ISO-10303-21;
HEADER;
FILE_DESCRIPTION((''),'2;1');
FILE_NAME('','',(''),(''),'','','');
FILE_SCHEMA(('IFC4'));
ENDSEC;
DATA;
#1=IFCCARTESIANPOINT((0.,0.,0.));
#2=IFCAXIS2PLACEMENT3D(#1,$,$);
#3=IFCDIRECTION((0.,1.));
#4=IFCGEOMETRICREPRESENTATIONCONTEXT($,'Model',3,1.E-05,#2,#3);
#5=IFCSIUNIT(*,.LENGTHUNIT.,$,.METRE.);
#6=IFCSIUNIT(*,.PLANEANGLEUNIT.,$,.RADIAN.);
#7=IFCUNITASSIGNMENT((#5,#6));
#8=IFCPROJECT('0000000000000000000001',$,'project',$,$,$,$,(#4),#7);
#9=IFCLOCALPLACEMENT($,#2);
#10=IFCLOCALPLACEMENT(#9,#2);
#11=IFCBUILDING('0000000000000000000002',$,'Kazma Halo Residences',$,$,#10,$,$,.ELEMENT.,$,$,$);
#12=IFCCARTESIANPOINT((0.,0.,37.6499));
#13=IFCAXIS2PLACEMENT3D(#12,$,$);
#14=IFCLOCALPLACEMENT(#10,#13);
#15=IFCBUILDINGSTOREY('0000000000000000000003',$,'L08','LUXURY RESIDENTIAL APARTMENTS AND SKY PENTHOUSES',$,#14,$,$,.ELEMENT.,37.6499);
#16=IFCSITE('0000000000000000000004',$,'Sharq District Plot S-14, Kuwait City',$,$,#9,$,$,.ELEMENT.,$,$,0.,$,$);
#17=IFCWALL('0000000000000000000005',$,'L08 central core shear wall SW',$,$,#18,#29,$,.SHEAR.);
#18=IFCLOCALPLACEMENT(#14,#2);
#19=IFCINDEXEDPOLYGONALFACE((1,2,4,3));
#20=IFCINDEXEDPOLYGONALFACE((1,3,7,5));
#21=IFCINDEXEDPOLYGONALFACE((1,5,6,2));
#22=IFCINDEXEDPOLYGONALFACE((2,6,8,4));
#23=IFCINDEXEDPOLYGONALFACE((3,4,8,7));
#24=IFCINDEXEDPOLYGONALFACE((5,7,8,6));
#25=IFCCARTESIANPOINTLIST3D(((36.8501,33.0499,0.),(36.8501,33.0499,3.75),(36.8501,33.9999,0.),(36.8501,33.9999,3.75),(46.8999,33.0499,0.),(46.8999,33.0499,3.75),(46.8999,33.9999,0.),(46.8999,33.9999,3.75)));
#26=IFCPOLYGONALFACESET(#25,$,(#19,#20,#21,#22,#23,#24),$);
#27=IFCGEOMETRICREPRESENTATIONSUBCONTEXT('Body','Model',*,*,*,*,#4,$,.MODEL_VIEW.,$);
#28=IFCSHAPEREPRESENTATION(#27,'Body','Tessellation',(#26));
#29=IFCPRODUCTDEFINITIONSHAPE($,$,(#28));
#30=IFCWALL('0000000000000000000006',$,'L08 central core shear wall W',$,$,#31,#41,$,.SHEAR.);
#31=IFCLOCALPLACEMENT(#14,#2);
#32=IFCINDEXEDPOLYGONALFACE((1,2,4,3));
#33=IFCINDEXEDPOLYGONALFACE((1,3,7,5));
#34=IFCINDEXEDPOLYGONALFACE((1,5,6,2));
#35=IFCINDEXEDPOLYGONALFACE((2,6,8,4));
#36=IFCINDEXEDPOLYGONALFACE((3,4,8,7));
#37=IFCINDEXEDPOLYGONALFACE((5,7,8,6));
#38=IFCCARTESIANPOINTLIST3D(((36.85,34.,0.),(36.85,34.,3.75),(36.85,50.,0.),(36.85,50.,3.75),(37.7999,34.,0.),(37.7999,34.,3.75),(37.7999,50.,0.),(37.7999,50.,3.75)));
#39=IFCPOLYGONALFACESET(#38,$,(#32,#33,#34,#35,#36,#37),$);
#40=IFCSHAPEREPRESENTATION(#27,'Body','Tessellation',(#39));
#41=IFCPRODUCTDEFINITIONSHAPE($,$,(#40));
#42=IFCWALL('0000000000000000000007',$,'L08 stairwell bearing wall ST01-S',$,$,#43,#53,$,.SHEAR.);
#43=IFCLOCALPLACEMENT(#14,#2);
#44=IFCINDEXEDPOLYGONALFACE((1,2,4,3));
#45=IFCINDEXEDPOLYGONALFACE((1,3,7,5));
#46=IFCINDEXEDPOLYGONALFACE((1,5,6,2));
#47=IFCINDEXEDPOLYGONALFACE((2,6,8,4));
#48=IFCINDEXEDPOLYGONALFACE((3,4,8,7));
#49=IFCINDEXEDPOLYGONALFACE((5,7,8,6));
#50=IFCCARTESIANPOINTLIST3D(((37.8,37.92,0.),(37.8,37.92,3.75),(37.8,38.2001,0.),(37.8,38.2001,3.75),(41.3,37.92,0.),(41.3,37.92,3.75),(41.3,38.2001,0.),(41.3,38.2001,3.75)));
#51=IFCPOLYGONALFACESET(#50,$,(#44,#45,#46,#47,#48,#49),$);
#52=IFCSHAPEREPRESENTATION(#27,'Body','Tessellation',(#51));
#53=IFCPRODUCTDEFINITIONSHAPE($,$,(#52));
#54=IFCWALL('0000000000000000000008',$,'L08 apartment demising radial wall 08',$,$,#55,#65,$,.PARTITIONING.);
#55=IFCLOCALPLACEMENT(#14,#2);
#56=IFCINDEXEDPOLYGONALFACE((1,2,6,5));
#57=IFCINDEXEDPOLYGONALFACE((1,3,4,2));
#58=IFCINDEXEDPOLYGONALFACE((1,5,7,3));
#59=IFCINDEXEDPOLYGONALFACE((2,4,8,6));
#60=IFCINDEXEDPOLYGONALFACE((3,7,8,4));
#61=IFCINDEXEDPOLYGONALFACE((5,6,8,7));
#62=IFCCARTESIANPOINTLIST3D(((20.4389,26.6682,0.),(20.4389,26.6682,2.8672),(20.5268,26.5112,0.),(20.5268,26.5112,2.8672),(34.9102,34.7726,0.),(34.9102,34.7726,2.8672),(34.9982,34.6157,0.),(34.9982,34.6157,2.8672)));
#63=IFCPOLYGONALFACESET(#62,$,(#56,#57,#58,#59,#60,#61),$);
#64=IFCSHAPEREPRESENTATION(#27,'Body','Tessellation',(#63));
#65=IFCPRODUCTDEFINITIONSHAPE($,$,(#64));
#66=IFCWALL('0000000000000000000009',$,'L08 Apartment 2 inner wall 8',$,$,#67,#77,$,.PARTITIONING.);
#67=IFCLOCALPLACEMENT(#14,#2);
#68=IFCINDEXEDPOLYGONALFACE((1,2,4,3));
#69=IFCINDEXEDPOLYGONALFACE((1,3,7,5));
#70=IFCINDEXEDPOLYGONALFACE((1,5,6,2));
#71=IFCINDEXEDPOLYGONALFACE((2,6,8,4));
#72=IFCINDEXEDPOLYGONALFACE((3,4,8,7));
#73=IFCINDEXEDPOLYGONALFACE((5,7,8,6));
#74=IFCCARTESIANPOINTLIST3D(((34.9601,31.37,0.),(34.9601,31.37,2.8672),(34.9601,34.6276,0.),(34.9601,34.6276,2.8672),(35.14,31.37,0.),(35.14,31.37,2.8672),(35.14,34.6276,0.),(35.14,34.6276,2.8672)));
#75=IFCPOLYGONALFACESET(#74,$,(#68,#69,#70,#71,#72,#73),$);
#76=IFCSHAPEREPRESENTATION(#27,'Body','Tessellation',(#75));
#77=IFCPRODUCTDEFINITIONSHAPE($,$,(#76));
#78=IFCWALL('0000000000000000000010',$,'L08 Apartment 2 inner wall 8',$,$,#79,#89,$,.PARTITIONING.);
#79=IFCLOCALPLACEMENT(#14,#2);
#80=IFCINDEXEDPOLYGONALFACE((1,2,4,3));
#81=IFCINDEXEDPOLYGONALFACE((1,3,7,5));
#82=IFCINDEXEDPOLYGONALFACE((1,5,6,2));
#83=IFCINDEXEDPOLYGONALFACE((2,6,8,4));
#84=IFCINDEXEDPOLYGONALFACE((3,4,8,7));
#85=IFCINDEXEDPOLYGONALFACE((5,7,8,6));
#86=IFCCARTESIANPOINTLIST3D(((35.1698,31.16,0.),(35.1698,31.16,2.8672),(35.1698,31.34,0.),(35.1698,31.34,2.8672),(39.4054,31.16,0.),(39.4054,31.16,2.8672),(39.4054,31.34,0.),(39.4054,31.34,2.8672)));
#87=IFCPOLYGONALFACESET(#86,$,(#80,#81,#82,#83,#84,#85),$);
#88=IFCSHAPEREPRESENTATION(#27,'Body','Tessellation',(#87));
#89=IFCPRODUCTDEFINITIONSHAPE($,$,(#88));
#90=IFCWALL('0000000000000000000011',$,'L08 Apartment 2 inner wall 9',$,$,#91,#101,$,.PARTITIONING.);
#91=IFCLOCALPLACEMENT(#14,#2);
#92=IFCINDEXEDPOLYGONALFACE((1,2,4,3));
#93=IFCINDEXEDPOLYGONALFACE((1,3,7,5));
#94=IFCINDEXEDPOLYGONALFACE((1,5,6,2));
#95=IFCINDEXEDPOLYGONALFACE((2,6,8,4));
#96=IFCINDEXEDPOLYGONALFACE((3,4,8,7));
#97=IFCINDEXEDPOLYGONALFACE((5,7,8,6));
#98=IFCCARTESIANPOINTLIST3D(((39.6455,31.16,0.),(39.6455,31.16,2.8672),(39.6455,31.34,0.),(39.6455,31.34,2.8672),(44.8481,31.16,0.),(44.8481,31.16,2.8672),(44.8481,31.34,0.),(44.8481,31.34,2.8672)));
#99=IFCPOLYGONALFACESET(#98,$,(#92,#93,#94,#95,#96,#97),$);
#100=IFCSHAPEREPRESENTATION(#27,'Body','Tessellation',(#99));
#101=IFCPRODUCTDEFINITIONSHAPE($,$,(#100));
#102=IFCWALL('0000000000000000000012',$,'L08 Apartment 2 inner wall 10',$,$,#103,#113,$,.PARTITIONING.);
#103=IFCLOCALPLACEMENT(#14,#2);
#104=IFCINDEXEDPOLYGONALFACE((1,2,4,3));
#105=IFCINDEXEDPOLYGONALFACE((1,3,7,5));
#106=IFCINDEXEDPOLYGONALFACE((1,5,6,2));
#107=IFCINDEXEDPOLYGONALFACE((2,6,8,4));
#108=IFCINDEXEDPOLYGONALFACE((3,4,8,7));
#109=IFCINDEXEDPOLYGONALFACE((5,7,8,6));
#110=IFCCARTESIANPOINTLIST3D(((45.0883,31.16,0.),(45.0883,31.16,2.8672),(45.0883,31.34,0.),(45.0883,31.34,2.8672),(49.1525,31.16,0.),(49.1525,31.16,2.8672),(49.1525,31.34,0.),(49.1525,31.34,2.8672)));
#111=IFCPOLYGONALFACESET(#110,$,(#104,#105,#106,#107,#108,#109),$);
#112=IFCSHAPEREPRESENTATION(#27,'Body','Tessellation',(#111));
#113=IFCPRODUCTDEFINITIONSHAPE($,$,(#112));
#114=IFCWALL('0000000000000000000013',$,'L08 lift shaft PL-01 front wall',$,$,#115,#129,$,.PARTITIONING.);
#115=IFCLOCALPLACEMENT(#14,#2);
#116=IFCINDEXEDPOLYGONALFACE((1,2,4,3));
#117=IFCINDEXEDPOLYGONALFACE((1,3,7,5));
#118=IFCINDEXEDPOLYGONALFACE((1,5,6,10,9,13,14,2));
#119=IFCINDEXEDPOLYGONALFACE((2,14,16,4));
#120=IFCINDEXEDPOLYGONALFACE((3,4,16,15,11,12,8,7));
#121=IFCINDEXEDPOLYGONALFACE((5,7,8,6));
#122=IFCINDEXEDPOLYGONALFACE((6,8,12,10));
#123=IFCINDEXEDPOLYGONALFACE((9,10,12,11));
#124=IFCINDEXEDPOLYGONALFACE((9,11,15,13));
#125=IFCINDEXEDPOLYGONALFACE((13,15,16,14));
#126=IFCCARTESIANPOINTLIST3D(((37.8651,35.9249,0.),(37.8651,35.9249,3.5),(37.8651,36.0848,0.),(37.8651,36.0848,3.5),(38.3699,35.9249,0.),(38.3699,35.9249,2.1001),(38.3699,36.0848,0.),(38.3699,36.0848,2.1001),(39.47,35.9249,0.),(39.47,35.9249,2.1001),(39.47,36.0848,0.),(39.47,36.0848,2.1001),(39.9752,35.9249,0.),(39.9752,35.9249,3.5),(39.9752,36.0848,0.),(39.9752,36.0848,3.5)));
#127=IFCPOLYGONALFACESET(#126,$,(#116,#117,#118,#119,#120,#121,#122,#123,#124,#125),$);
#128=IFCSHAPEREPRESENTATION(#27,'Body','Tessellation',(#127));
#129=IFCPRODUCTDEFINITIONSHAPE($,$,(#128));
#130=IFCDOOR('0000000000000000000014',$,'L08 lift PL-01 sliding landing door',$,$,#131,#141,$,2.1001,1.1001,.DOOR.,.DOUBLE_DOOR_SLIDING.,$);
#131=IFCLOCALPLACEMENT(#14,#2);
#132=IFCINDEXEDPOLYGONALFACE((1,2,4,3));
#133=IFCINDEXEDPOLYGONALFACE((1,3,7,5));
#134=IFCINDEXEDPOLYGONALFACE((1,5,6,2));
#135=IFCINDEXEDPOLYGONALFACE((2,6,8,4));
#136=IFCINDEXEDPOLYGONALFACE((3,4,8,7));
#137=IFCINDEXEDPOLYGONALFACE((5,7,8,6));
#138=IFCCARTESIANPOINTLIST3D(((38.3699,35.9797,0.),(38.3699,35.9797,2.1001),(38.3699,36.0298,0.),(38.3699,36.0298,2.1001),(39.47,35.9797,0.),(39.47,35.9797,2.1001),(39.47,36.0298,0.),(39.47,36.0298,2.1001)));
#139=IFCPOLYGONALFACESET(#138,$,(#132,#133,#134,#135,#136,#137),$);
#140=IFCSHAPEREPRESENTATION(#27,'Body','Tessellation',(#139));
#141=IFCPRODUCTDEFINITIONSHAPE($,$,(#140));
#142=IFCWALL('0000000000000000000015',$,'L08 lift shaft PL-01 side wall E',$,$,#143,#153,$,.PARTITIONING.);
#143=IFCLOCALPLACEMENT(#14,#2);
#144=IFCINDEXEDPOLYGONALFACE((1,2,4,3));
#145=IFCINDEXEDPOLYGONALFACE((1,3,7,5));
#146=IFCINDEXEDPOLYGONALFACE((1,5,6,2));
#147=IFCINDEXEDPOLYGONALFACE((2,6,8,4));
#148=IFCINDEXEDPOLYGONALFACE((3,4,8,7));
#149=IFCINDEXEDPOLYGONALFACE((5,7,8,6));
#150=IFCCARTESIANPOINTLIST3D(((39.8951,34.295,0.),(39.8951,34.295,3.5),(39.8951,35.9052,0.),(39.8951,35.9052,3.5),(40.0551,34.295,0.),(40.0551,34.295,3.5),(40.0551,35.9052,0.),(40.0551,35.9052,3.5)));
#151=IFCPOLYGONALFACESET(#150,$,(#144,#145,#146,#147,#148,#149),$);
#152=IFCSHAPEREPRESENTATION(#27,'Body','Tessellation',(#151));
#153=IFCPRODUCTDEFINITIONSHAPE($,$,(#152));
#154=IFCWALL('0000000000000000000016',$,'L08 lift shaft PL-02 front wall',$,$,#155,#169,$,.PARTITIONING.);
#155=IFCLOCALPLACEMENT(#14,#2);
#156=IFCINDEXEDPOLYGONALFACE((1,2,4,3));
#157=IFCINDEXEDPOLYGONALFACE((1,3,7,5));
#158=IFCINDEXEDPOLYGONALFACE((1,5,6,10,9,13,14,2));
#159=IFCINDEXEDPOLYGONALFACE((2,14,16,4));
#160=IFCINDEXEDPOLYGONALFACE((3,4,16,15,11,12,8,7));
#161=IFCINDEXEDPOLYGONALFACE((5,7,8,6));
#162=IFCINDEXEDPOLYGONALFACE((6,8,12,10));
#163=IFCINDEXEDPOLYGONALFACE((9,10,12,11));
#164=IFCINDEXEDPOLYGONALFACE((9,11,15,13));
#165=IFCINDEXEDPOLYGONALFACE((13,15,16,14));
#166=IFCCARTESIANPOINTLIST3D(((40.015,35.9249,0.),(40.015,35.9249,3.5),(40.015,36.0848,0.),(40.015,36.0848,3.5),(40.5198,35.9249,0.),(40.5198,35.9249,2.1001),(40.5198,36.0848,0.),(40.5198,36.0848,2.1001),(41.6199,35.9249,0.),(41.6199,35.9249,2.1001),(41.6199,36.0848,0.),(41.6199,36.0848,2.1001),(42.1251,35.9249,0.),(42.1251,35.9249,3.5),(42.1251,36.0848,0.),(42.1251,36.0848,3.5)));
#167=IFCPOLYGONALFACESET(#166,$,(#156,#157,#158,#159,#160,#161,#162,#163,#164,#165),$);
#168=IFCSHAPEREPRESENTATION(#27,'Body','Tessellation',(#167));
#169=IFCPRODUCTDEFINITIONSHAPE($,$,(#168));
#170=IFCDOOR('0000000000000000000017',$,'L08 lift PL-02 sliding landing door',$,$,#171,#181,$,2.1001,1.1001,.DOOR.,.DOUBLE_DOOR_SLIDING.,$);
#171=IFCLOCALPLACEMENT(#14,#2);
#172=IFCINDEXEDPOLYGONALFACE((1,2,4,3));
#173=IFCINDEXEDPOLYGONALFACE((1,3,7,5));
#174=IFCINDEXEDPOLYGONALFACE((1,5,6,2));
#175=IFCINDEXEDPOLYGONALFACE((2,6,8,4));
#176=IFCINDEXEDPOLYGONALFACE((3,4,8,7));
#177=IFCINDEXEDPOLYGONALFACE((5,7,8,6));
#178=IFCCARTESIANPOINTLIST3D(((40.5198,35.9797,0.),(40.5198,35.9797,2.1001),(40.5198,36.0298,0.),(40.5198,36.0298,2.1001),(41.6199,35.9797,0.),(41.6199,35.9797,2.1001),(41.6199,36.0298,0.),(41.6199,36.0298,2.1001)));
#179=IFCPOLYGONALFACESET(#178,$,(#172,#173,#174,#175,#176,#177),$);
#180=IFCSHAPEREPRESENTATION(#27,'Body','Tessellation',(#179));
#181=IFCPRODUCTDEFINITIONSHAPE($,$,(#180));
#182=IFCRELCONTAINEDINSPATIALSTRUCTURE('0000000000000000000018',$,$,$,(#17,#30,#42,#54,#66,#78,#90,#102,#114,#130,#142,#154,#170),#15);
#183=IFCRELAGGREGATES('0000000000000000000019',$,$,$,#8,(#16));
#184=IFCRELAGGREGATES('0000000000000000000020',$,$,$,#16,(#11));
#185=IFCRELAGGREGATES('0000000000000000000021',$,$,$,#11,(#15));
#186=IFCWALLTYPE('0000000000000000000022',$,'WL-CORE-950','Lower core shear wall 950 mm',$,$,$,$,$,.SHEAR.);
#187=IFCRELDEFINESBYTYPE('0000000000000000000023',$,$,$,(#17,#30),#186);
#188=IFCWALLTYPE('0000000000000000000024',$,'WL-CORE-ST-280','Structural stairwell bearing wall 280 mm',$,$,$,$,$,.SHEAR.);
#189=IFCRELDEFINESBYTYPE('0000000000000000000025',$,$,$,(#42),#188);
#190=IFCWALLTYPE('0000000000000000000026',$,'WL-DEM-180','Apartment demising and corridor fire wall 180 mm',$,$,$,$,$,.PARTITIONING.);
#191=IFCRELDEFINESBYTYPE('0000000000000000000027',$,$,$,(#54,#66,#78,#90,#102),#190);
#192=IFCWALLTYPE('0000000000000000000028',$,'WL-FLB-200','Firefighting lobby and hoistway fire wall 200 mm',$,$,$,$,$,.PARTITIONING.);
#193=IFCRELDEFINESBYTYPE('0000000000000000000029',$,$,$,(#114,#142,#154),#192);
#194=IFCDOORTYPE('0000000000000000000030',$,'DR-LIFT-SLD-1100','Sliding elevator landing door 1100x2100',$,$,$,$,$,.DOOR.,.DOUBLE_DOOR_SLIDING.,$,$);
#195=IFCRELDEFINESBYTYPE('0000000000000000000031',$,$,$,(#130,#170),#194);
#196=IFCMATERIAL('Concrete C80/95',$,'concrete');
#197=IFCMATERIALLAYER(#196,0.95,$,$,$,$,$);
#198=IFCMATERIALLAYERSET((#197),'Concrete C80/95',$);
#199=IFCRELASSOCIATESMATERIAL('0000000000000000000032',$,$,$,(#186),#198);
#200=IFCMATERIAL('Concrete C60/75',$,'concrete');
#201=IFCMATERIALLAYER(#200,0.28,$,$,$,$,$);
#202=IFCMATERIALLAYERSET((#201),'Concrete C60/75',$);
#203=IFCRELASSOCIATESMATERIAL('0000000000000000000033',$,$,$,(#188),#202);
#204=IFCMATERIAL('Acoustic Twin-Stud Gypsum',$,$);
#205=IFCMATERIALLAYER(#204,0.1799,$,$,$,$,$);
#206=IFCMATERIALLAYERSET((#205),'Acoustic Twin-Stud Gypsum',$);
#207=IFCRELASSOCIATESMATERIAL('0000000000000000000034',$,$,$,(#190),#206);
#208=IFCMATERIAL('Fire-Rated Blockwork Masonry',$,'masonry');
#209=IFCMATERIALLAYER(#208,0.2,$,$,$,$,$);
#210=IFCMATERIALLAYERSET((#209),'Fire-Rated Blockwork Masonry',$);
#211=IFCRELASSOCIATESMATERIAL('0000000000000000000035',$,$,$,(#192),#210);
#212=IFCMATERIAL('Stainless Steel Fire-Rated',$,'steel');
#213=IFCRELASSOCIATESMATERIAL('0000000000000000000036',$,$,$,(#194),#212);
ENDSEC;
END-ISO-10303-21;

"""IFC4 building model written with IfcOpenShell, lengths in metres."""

from ifc_helpers import new_model, si_unit, direction, frame, frame_2d, origin, place, context, subcontext, project, spatial, rectangle, extrude, material, layer, layer_set, type_object, element, fill, save


model = new_model("IFC4")

# Units and contexts
model_context = context("Model", 3, precision=1e-05, world=origin(), true_north=direction((0.0, 1.0)))
body_context = subcontext(model_context, "Body", "Model", "MODEL_VIEW")
ifc_project = project(units=[si_unit("LENGTHUNIT", "METRE"), si_unit("PLANEANGLEUNIT", "RADIAN")], contexts=[model_context])

# Site, building, storey
site_placement = place(None, origin())
site = spatial("IfcSite", under=ifc_project, at=site_placement, Name="Sharq District Plot S-14, Kuwait City", CompositionType="ELEMENT", RefElevation=0.0)
building_placement = place(site_placement, origin())
building = spatial("IfcBuilding", under=site, at=building_placement, Name="Kazma Halo Residences", CompositionType="ELEMENT")
storey_placement = place(building_placement, frame((0.0, 0.0, 37.6499)))
storey = spatial("IfcBuildingStorey", under=building, at=storey_placement, Name="L08", Description="LUXURY RESIDENTIAL APARTMENTS AND SKY PENTHOUSES", CompositionType="ELEMENT", Elevation=37.6499)

# Walls
ifc_material_1 = material(Name="Concrete C80/95", Category="concrete")
ifc_layer_1 = layer(ifc_material_1, 0.95)
ifc_layer_set_1 = layer_set([ifc_layer_1], Name="Concrete C80/95")
wall_type_1 = type_object("IfcWallType", Name="WL-CORE-950", Description="Lower core shear wall 950 mm", PredefinedType="SHEAR", material=ifc_layer_set_1)
wall_1_placement = place(storey_placement, frame((36.8501, 33.5249, 0.0), z_axis=(0.0, 0.0, 1.0), x_axis=(1.0, 0.0, 0.0)))
element("IfcWall", 1, at=wall_1_placement, inside=storey, type_object=wall_type_1, Name="L08 central core shear wall SW", PredefinedType="SHEAR", context=body_context, shape_type="SweptSolid", body=[
    extrude(rectangle(XDim=10.0498, YDim=0.95, at=frame_2d((5.0249, 0.0))), origin(), (0.0, 0.0, 1.0), 3.75),
])
wall_2_placement = place(storey_placement, frame((37.325, 34.0, 0.0), z_axis=(0.0, 0.0, 1.0), x_axis=(0.0, 1.0, 0.0)))
element("IfcWall", 2, at=wall_2_placement, inside=storey, type_object=wall_type_1, Name="L08 central core shear wall W", PredefinedType="SHEAR", context=body_context, shape_type="SweptSolid", body=[
    extrude(rectangle(XDim=16.0, YDim=0.95, at=frame_2d((8.0, 0.0))), origin(), (0.0, 0.0, 1.0), 3.75),
])
ifc_material_2 = material(Name="Concrete C60/75", Category="concrete")
ifc_layer_2 = layer(ifc_material_2, 0.28)
ifc_layer_set_2 = layer_set([ifc_layer_2], Name="Concrete C60/75")
wall_type_2 = type_object("IfcWallType", Name="WL-CORE-ST-280", Description="Structural stairwell bearing wall 280 mm", PredefinedType="SHEAR", material=ifc_layer_set_2)
wall_3_placement = place(storey_placement, frame((37.8, 38.0601, 0.0), z_axis=(0.0, 0.0, 1.0), x_axis=(1.0, 0.0, 0.0)))
element("IfcWall", 3, at=wall_3_placement, inside=storey, type_object=wall_type_2, Name="L08 stairwell bearing wall ST01-S", PredefinedType="SHEAR", context=body_context, shape_type="SweptSolid", body=[
    extrude(rectangle(XDim=3.5, YDim=0.28, at=frame_2d((1.75, 0.0))), origin(), (0.0, 0.0, 1.0), 3.75),
])
ifc_material_3 = material(Name="Acoustic Twin-Stud Gypsum")
ifc_layer_3 = layer(ifc_material_3, 0.1799)
ifc_layer_set_3 = layer_set([ifc_layer_3], Name="Acoustic Twin-Stud Gypsum")
wall_type_3 = type_object("IfcWallType", Name="WL-DEM-180", Description="Apartment demising and corridor fire wall 180 mm", PredefinedType="PARTITIONING", material=ifc_layer_set_3)
wall_4_placement = place(storey_placement, frame((34.9541, 34.6941, 0.0), z_axis=(0.0, 0.0, 1.0), x_axis=(-0.872493, -0.488626, 0.0)))
element("IfcWall", 4, at=wall_4_placement, inside=storey, type_object=wall_type_3, Name="L08 apartment demising radial wall 08", PredefinedType="PARTITIONING", context=body_context, shape_type="SweptSolid", body=[
    extrude(rectangle(XDim=16.5862, YDim=0.1799, at=frame_2d((8.293, 0.0))), origin(), (0.0, 0.0, 1.0), 2.8672),
])
wall_5_placement = place(storey_placement, frame((35.05, 34.6277, 0.0), z_axis=(0.0, 0.0, 1.0), x_axis=(0.0, -1.0, 0.0)))
element("IfcWall", 5, at=wall_5_placement, inside=storey, type_object=wall_type_3, Name="L08 Apartment 2 inner wall 8", PredefinedType="PARTITIONING", context=body_context, shape_type="SweptSolid", body=[
    extrude(rectangle(XDim=3.2576, YDim=0.1799, at=frame_2d((1.6289, 0.0))), origin(), (0.0, 0.0, 1.0), 2.8672),
])
wall_6_placement = place(storey_placement, frame((35.1699, 31.25, 0.0), z_axis=(0.0, 0.0, 1.0), x_axis=(1.0, 0.0, 0.0)))
element("IfcWall", 6, at=wall_6_placement, inside=storey, type_object=wall_type_3, Name="L08 Apartment 2 inner wall 8", PredefinedType="PARTITIONING", context=body_context, shape_type="SweptSolid", body=[
    extrude(rectangle(XDim=4.2356, YDim=0.1799, at=frame_2d((2.1177, 0.0))), origin(), (0.0, 0.0, 1.0), 2.8672),
])
wall_7_placement = place(storey_placement, frame((39.6455, 31.25, 0.0), z_axis=(0.0, 0.0, 1.0), x_axis=(1.0, 0.0, 0.0)))
element("IfcWall", 7, at=wall_7_placement, inside=storey, type_object=wall_type_3, Name="L08 Apartment 2 inner wall 9", PredefinedType="PARTITIONING", context=body_context, shape_type="SweptSolid", body=[
    extrude(rectangle(XDim=5.2026, YDim=0.1799, at=frame_2d((2.6013, 0.0))), origin(), (0.0, 0.0, 1.0), 2.8672),
])
wall_8_placement = place(storey_placement, frame((45.0881, 31.25, 0.0), z_axis=(0.0, 0.0, 1.0), x_axis=(1.0, 0.0, 0.0)))
element("IfcWall", 8, at=wall_8_placement, inside=storey, type_object=wall_type_3, Name="L08 Apartment 2 inner wall 10", PredefinedType="PARTITIONING", context=body_context, shape_type="SweptSolid", body=[
    extrude(rectangle(XDim=4.0642, YDim=0.1799, at=frame_2d((2.0322, 0.0))), origin(), (0.0, 0.0, 1.0), 2.8672),
])

# Wall, opening, door
ifc_material_4 = material(Name="Fire-Rated Blockwork Masonry", Category="masonry")
ifc_layer_4 = layer(ifc_material_4, 0.2)
ifc_layer_set_4 = layer_set([ifc_layer_4], Name="Fire-Rated Blockwork Masonry")
wall_type_4 = type_object("IfcWallType", Name="WL-FLB-200", Description="Firefighting lobby and hoistway fire wall 200 mm", PredefinedType="PARTITIONING", material=ifc_layer_set_4)
wall_9_placement = place(storey_placement, frame((37.865, 36.0049, 0.0), z_axis=(0.0, 0.0, 1.0), x_axis=(1.0, 0.0, 0.0)))
wall_9 = element("IfcWall", 9, at=wall_9_placement, inside=storey, type_object=wall_type_4, Name="L08 lift shaft PL-01 front wall", PredefinedType="PARTITIONING", context=body_context, shape_type="SweptSolid", body=[
    extrude(rectangle(XDim=2.1101, YDim=0.1599, at=frame_2d((1.0552, 0.0))), origin(), (0.0, 0.0, 1.0), 3.5),
])
opening_1_placement = place(wall_9_placement, frame((0.5049, 0.0, 0.0)))
opening_1 = element("IfcOpeningElement", 10, at=opening_1_placement, cuts=wall_9, PredefinedType="OPENING", context=body_context, shape_type="SweptSolid", body=[
    extrude(rectangle(XDim=1.1001, YDim=2.1001, at=frame_2d((0.55, 1.05))), frame((0.0, 0.0898, 0.0), z_axis=(0.0, -1.0, 0.0), x_axis=(1.0, 0.0, 0.0)), (0.0, 0.0, 1.0), 0.1799),
])
ifc_material_5 = material(Name="Stainless Steel Fire-Rated", Category="steel")
door_type_1 = type_object("IfcDoorType", Name="DR-LIFT-SLD-1100", Description="Sliding elevator landing door 1100x2100", OperationType="DOUBLE_DOOR_SLIDING", PredefinedType="DOOR", material=ifc_material_5)
door_1_placement = place(opening_1_placement, origin())
door_1 = element("IfcDoor", 11, at=door_1_placement, inside=storey, type_object=door_type_1, Name="L08 lift PL-01 sliding landing door", OperationType="DOUBLE_DOOR_SLIDING", OverallHeight=2.1001, OverallWidth=1.1001, PredefinedType="DOOR", context=body_context, shape_type="SweptSolid", body=[
    extrude(rectangle(XDim=1.1001, YDim=2.1001, at=frame_2d((0.55, 1.05))), frame((0.0, 0.0249, 0.0), z_axis=(0.0, -1.0, 0.0), x_axis=(1.0, 0.0, 0.0)), (0.0, 0.0, 1.0), 0.05),
])
fill(opening_1, door_1)

# Wall
wall_10_placement = place(storey_placement, frame((39.9751, 34.2949, 0.0), z_axis=(0.0, 0.0, 1.0), x_axis=(0.0, 1.0, 0.0)))
element("IfcWall", 12, at=wall_10_placement, inside=storey, type_object=wall_type_4, Name="L08 lift shaft PL-01 side wall E", PredefinedType="PARTITIONING", context=body_context, shape_type="SweptSolid", body=[
    extrude(rectangle(XDim=1.6101, YDim=0.1599, at=frame_2d((0.8052, 0.0))), origin(), (0.0, 0.0, 1.0), 3.5),
])

# Wall, opening, door
wall_11_placement = place(storey_placement, frame((40.0149, 36.0049, 0.0), z_axis=(0.0, 0.0, 1.0), x_axis=(1.0, 0.0, 0.0)))
wall_11 = element("IfcWall", 13, at=wall_11_placement, inside=storey, type_object=wall_type_4, Name="L08 lift shaft PL-02 front wall", PredefinedType="PARTITIONING", context=body_context, shape_type="SweptSolid", body=[
    extrude(rectangle(XDim=2.1101, YDim=0.1599, at=frame_2d((1.0552, 0.0))), origin(), (0.0, 0.0, 1.0), 3.5),
])
opening_2_placement = place(wall_11_placement, frame((0.5049, 0.0, 0.0)))
opening_2 = element("IfcOpeningElement", 14, at=opening_2_placement, cuts=wall_11, PredefinedType="OPENING", context=body_context, shape_type="SweptSolid", body=[
    extrude(rectangle(XDim=1.1001, YDim=2.1001, at=frame_2d((0.55, 1.05))), frame((0.0, 0.0898, 0.0), z_axis=(0.0, -1.0, 0.0), x_axis=(1.0, 0.0, 0.0)), (0.0, 0.0, 1.0), 0.1799),
])
door_2_placement = place(opening_2_placement, origin())
door_2 = element("IfcDoor", 15, at=door_2_placement, inside=storey, type_object=door_type_1, Name="L08 lift PL-02 sliding landing door", OperationType="DOUBLE_DOOR_SLIDING", OverallHeight=2.1001, OverallWidth=1.1001, PredefinedType="DOOR", context=body_context, shape_type="SweptSolid", body=[
    extrude(rectangle(XDim=1.1001, YDim=2.1001, at=frame_2d((0.55, 1.05))), frame((0.0, 0.0249, 0.0), z_axis=(0.0, -1.0, 0.0), x_axis=(1.0, 0.0, 0.0)), (0.0, 0.0, 1.0), 0.05),
])
fill(opening_2, door_2)

save(model, "model.ifc")
